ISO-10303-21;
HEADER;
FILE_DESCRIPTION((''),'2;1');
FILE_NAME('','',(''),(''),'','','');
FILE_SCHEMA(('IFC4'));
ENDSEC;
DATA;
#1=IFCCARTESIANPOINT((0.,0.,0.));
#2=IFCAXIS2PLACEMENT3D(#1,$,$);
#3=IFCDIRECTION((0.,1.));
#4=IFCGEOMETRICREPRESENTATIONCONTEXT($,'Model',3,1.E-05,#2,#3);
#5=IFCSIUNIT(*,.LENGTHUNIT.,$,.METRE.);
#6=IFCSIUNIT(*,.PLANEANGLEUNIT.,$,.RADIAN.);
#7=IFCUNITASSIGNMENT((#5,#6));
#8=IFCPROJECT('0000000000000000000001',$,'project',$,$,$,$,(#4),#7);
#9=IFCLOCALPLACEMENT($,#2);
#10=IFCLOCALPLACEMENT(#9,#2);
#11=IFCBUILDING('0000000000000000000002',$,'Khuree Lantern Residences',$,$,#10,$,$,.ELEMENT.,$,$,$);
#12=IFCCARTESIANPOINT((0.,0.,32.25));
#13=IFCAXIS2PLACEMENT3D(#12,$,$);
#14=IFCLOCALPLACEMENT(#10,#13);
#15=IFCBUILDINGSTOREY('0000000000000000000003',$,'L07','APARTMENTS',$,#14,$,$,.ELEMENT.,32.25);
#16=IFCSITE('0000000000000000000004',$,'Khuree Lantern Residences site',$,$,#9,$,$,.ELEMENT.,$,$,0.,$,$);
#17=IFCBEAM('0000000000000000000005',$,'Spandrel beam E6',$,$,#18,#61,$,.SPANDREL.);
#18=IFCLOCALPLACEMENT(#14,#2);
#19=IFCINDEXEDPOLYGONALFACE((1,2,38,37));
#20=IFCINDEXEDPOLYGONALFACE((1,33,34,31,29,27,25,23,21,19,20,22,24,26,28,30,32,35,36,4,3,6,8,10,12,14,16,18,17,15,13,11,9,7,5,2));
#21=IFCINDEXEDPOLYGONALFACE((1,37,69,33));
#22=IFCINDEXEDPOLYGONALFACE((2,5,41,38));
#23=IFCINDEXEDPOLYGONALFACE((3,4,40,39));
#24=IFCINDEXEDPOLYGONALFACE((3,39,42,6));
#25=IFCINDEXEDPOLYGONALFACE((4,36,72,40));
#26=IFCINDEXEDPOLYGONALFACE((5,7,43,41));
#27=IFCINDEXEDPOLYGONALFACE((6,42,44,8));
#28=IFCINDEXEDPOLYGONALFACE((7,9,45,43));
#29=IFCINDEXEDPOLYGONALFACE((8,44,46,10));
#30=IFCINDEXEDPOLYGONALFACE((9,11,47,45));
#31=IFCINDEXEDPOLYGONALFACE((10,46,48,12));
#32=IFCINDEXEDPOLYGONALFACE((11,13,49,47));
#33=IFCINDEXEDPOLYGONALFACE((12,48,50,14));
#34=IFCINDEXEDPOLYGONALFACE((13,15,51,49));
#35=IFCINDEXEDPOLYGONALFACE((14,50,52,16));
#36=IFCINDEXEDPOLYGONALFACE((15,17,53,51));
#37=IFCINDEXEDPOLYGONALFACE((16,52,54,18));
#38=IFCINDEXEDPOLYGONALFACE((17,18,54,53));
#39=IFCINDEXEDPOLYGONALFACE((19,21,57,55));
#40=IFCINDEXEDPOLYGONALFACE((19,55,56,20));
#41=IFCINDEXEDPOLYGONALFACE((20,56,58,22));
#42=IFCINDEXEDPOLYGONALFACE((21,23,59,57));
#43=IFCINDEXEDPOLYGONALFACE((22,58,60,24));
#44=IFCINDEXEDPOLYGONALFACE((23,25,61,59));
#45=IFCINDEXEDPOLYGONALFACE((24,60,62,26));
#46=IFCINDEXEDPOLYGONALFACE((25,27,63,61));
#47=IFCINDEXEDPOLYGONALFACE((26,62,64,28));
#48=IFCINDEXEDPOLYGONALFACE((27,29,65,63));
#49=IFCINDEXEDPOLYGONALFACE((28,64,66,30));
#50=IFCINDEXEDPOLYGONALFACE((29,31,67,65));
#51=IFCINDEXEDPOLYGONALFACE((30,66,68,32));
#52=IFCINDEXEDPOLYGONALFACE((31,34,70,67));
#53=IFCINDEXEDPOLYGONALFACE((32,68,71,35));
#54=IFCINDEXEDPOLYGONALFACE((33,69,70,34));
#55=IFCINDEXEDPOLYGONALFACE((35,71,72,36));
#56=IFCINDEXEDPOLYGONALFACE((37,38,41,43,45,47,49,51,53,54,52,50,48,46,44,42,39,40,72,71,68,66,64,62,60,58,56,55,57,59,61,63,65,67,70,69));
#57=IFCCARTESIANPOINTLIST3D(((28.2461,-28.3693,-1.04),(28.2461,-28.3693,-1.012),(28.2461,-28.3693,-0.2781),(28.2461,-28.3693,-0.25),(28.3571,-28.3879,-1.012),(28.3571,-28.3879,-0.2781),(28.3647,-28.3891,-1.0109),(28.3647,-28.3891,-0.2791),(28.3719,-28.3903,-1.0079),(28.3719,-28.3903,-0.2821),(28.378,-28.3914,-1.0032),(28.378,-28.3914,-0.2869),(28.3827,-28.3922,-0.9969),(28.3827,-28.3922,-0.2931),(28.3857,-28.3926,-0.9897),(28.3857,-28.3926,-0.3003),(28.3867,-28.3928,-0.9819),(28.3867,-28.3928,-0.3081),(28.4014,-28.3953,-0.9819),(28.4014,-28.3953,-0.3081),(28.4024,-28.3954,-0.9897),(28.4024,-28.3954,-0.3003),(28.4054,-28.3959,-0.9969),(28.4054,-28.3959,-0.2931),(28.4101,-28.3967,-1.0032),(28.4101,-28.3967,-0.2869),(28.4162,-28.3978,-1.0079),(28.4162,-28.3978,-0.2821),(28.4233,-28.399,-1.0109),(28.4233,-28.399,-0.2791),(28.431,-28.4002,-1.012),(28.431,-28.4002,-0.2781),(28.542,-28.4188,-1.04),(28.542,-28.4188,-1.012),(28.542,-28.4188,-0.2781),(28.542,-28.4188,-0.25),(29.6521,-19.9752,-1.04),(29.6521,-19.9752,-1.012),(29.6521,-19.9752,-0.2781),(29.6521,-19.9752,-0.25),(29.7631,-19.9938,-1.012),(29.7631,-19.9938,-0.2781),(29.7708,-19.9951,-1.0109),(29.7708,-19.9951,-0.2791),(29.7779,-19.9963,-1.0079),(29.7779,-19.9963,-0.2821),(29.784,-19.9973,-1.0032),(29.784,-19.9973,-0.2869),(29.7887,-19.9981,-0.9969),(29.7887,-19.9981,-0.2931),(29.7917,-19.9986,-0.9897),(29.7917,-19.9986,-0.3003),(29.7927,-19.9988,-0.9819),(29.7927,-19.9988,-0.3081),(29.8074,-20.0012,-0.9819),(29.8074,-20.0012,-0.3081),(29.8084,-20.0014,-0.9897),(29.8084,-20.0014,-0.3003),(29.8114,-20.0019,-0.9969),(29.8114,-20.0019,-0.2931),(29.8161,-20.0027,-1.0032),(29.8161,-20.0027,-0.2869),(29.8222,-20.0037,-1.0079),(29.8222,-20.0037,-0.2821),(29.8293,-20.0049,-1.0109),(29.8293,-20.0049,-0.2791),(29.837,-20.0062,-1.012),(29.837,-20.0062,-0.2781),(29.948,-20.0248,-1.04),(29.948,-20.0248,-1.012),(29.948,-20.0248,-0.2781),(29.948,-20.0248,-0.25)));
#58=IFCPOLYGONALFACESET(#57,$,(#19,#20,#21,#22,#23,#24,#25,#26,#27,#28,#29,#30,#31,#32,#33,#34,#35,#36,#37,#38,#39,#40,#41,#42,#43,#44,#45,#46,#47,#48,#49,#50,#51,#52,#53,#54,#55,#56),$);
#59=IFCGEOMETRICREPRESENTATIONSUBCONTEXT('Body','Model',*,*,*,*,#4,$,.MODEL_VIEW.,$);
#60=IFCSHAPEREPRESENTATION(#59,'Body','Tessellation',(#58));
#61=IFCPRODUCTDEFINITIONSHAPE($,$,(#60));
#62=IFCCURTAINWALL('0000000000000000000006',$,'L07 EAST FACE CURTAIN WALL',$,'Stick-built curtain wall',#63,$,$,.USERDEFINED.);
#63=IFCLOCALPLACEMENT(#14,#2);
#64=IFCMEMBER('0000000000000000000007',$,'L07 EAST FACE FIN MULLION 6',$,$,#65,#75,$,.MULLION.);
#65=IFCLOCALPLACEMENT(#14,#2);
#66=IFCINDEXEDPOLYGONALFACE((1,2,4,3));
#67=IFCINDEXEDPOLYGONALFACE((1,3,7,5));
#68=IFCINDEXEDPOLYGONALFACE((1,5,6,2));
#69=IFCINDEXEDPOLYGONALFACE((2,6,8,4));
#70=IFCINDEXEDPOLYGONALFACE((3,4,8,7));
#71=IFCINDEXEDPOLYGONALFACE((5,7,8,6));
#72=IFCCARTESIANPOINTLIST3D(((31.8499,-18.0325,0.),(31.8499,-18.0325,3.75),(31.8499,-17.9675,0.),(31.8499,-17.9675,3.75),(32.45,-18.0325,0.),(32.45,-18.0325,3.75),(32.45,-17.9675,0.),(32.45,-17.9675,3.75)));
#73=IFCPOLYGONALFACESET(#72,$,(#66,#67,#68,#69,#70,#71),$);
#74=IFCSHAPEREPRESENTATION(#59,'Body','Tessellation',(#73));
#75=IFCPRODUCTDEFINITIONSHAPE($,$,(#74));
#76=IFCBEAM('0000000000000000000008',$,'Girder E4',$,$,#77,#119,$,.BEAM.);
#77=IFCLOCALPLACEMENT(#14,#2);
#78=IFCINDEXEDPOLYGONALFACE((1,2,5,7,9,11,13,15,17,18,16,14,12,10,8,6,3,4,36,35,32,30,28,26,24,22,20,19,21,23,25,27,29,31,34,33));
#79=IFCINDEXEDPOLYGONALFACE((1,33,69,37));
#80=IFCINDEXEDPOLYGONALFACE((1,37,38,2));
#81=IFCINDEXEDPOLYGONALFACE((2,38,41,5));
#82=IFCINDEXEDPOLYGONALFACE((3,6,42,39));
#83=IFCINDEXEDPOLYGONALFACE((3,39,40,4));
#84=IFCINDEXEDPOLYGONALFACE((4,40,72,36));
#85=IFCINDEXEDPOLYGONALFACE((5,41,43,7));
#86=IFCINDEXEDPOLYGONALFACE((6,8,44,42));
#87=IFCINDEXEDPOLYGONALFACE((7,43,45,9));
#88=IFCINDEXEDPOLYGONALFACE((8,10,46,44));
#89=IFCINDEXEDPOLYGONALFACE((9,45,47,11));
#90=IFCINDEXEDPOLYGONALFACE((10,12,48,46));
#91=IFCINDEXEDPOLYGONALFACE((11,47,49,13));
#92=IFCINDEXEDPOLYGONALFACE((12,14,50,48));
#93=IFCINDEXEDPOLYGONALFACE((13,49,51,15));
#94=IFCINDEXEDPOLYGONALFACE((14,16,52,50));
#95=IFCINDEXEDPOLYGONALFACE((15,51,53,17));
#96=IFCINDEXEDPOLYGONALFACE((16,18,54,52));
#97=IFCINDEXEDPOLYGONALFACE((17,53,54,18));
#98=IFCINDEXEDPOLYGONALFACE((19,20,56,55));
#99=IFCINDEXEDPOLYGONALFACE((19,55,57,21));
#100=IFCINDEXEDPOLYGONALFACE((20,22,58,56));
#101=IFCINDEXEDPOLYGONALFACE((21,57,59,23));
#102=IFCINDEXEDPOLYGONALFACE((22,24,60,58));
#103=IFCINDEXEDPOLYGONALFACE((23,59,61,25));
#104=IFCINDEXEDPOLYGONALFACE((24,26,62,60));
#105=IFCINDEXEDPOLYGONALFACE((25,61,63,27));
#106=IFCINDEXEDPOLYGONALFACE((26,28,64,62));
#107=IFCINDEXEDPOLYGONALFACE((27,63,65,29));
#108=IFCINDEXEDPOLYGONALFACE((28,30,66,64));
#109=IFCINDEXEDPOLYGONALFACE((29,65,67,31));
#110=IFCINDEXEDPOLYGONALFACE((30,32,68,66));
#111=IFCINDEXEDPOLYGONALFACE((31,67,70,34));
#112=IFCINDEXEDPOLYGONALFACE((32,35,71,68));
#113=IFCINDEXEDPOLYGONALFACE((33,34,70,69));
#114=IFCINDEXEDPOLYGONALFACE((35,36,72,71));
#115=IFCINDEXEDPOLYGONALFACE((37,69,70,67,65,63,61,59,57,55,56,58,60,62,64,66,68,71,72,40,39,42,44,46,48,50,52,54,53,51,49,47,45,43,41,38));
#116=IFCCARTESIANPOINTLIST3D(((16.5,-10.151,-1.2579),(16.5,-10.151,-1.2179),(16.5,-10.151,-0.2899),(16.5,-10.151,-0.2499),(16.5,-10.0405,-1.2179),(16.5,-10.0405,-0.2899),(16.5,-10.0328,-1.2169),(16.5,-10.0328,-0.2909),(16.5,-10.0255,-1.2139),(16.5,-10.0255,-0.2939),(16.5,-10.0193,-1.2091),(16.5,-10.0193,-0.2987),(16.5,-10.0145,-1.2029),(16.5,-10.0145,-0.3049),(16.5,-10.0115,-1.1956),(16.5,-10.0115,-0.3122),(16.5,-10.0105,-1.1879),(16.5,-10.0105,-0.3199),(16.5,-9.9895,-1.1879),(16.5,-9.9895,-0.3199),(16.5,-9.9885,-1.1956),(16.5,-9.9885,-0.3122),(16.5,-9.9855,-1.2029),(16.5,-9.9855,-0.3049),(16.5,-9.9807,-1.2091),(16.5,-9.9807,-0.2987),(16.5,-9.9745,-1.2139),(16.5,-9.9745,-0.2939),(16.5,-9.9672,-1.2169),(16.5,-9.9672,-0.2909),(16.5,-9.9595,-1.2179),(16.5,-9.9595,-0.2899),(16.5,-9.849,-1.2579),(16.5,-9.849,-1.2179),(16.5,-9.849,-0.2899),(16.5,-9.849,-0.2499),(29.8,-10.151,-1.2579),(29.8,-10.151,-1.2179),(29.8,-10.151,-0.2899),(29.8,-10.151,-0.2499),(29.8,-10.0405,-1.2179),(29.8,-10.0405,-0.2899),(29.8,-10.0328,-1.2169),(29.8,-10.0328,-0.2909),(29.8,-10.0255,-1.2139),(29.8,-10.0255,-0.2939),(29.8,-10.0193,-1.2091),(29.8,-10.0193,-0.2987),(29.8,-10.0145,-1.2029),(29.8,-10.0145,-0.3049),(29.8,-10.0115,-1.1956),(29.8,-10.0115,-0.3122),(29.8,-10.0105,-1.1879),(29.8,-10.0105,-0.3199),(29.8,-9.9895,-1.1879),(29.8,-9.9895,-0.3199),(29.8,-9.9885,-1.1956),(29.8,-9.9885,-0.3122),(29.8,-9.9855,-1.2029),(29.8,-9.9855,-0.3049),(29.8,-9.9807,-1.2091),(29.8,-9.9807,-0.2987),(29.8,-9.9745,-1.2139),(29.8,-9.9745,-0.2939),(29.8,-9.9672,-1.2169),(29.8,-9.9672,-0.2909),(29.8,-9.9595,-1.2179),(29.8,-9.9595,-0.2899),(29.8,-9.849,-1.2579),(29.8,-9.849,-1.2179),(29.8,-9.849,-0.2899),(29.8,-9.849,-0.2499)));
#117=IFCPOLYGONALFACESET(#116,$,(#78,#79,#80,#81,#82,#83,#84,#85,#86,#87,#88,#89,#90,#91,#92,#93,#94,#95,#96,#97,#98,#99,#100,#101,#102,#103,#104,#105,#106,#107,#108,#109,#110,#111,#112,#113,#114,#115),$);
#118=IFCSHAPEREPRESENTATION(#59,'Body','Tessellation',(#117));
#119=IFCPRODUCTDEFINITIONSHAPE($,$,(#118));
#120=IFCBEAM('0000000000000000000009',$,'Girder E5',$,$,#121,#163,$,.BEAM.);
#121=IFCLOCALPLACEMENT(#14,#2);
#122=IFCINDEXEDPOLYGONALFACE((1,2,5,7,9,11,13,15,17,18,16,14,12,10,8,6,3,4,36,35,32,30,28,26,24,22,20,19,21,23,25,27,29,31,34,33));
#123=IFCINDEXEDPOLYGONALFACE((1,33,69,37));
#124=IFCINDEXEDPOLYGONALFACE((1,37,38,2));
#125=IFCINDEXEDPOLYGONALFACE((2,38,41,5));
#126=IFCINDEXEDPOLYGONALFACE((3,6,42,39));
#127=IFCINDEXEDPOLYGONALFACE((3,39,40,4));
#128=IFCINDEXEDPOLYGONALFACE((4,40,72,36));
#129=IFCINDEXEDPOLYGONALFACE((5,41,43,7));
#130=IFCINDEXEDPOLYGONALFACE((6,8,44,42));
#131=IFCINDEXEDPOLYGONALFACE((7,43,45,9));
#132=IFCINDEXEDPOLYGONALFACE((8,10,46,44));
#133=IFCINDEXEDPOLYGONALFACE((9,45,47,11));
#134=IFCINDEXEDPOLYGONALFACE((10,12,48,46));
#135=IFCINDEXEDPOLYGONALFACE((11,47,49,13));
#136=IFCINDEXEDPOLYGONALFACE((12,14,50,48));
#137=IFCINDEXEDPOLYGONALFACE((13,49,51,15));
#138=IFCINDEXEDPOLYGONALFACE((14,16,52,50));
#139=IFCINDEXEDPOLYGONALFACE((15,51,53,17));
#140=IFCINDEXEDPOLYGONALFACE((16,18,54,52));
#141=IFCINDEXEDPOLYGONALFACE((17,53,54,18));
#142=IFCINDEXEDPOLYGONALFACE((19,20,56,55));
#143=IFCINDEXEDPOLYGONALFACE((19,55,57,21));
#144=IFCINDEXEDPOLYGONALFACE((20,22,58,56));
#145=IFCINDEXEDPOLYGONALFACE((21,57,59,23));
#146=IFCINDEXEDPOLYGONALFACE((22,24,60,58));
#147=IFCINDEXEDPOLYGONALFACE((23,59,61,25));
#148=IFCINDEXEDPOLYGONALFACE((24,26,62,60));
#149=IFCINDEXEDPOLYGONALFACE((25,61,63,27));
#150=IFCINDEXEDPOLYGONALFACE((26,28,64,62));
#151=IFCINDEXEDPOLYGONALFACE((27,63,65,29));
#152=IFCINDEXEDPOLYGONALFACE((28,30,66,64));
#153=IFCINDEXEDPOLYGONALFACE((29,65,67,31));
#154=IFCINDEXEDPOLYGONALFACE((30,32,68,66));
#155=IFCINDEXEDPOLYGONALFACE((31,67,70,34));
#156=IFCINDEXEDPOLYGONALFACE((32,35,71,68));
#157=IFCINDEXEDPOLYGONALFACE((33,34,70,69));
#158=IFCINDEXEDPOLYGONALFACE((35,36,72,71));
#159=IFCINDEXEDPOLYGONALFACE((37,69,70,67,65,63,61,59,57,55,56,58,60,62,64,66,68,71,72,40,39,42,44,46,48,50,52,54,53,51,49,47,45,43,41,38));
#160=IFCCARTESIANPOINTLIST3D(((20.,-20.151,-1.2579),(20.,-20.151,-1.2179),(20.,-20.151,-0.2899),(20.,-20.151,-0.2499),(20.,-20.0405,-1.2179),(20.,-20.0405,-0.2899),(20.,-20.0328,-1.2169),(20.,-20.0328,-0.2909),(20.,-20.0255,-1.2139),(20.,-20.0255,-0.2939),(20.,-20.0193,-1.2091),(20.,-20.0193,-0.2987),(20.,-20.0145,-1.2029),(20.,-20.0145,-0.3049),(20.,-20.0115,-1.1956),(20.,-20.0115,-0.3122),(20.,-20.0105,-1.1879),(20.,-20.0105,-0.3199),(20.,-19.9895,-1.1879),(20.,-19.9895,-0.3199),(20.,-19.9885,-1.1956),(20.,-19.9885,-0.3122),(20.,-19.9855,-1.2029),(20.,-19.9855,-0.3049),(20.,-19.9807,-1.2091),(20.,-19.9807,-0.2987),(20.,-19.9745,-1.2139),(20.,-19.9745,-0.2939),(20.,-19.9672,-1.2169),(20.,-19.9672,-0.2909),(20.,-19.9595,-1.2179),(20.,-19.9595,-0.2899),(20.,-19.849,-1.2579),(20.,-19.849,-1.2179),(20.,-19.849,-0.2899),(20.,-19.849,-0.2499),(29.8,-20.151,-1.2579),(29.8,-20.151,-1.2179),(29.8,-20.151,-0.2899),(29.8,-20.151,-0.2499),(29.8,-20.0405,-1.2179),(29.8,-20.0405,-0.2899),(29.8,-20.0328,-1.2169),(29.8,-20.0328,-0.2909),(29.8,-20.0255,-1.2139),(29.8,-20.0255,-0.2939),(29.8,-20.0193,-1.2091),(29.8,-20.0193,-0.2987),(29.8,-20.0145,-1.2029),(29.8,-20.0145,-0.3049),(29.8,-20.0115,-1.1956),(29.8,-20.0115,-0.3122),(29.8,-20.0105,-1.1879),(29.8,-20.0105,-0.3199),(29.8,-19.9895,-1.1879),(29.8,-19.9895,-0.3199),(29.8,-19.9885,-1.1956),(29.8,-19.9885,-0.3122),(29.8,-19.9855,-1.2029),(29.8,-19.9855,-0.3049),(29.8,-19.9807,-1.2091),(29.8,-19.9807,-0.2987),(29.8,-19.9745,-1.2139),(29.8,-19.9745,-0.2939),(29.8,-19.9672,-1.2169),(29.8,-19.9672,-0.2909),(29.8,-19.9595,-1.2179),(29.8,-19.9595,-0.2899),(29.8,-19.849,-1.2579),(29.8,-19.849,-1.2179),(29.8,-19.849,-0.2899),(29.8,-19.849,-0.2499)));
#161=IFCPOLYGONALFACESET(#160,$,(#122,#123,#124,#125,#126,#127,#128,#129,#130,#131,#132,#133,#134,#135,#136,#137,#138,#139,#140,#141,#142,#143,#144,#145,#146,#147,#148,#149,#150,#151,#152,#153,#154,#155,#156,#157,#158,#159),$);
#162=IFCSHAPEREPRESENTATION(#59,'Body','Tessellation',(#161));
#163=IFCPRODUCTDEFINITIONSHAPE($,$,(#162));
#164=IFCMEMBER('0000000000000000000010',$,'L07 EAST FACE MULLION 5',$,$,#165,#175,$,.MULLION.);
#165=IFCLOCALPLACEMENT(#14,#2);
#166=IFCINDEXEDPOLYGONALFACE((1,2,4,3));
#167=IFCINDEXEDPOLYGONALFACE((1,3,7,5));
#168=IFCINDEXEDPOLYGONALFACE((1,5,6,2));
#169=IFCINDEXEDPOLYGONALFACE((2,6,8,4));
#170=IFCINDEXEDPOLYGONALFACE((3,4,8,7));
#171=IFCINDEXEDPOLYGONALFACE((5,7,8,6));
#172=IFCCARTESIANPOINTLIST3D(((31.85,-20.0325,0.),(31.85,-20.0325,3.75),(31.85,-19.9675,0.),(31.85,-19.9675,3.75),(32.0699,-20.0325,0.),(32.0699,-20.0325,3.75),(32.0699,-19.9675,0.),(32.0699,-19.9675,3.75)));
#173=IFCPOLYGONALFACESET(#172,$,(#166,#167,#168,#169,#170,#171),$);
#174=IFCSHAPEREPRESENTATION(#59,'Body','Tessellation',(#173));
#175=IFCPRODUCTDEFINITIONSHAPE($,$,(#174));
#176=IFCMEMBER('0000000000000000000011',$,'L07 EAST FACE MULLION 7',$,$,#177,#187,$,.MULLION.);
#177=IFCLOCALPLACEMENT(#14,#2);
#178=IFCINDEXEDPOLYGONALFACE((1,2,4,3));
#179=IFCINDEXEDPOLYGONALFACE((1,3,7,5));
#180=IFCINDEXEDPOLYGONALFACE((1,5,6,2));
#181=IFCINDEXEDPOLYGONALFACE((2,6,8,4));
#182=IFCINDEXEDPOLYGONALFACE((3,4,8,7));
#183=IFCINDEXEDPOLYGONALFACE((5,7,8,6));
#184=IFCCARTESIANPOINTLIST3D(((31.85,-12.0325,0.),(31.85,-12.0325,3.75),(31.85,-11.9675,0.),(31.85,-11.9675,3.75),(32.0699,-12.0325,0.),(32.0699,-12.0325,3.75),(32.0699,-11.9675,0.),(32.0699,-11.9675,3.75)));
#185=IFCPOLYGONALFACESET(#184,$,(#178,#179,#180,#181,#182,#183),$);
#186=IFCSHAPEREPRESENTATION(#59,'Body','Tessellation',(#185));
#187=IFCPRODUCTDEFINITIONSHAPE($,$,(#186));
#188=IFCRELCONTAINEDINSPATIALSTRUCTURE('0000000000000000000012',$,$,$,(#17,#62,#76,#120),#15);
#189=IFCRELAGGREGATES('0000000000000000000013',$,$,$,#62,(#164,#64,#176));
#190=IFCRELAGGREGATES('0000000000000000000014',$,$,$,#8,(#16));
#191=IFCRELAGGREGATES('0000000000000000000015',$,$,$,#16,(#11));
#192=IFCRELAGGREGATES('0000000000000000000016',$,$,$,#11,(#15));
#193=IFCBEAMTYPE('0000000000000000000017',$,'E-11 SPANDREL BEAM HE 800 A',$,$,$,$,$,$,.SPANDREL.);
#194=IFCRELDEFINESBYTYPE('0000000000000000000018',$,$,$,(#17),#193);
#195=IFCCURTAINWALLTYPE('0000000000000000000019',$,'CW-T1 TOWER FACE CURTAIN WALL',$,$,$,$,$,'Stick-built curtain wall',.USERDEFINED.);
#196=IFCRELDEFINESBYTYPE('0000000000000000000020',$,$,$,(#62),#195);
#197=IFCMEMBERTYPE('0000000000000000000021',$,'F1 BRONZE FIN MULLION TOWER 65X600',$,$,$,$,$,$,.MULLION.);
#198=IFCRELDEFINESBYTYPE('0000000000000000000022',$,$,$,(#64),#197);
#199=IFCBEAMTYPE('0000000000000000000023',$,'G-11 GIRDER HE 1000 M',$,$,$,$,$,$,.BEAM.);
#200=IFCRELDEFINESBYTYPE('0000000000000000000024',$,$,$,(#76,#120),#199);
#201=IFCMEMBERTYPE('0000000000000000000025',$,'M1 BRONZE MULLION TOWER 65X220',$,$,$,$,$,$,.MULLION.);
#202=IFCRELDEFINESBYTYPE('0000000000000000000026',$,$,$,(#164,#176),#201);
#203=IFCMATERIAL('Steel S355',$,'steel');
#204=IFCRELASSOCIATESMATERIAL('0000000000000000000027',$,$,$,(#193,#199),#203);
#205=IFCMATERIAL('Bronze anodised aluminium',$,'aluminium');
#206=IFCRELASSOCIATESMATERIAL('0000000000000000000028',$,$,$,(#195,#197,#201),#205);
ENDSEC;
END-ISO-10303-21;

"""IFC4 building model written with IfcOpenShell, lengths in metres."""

from ifc_helpers import new_model, si_unit, direction, frame, origin, origin_2d, place, context, subcontext, project, spatial, rectangle, i_section, extrude, material, material_profile, profile_set, type_object, element, aggregate, save


model = new_model("IFC4")

# Units and contexts
model_context = context("Model", 3, precision=1e-05, world=origin(), true_north=direction((0.0, 1.0)))
body_context = subcontext(model_context, "Body", "Model", "MODEL_VIEW")
ifc_project = project(units=[si_unit("LENGTHUNIT", "METRE"), si_unit("PLANEANGLEUNIT", "RADIAN")], contexts=[model_context])

# Site, building, storey
site_placement = place(None, origin())
site = spatial("IfcSite", under=ifc_project, at=site_placement, Name="Khuree Lantern Residences site", CompositionType="ELEMENT", RefElevation=0.0)
building_placement = place(site_placement, origin())
building = spatial("IfcBuilding", under=site, at=building_placement, Name="Khuree Lantern Residences", CompositionType="ELEMENT")
storey_placement = place(building_placement, frame((0.0, 0.0, 32.25)))
storey = spatial("IfcBuildingStorey", under=building, at=storey_placement, Name="L07", Description="APARTMENTS", CompositionType="ELEMENT", Elevation=32.25)

# Beam
ifc_material_1 = material(Name="Steel S355", Category="steel")
ifc_material_profile_1 = material_profile(ifc_material_1, i_section(OverallWidth=0.3, OverallDepth=0.79, WebThickness=0.0149, FlangeThickness=0.0281, FilletRadius=0.03, at=origin_2d()), Name="HE 800 A")
ifc_profile_set_1 = profile_set([ifc_material_profile_1], Name="Steel S355")
beam_type_1 = type_object("IfcBeamType", Name="E-11 SPANDREL BEAM HE 800 A", PredefinedType="SPANDREL", material=ifc_profile_set_1)
beam_1_placement = place(storey_placement, frame((29.8, -20.0, -0.645), z_axis=(-0.165199, -0.98626, 0.0), x_axis=(0.98626, -0.165199, 0.0)))
element("IfcBeam", 1, at=beam_1_placement, inside=storey, type_object=beam_type_1, Name="Spandrel beam E6", PredefinedType="SPANDREL", context=body_context, shape_type="SweptSolid", body=[
    extrude(i_section(OverallWidth=0.3, OverallDepth=0.79, WebThickness=0.0149, FlangeThickness=0.0281, FilletRadius=0.03, at=origin_2d()), origin(), (0.0, 0.0, 1.0), 8.511),
])

# Curtain wall, member
ifc_material_2 = material(Name="Bronze anodised aluminium", Category="aluminium")
curtain_wall_type = type_object("IfcCurtainWallType", Name="CW-T1 TOWER FACE CURTAIN WALL", ElementType="Stick-built curtain wall", PredefinedType="USERDEFINED", material=ifc_material_2)
curtain_wall_placement = place(storey_placement, origin())
curtain_wall = element("IfcCurtainWall", 2, at=curtain_wall_placement, inside=storey, type_object=curtain_wall_type, Name="L07 EAST FACE CURTAIN WALL", ObjectType="Stick-built curtain wall", PredefinedType="USERDEFINED")
ifc_material_profile_2 = material_profile(ifc_material_2, rectangle(XDim=0.0649, YDim=0.6001, at=origin_2d()), Name="F1 65X600")
ifc_profile_set_2 = profile_set([ifc_material_profile_2], Name="Bronze anodised aluminium")
member_type_1 = type_object("IfcMemberType", Name="F1 BRONZE FIN MULLION TOWER 65X600", PredefinedType="MULLION", material=ifc_profile_set_2)
member_1_placement = place(storey_placement, frame((32.1499, -18.0, 0.0), z_axis=(0.0, 0.0, 1.0), x_axis=(0.0, 1.0, 0.0)))
member_1 = element("IfcMember", 3, at=member_1_placement, type_object=member_type_1, Name="L07 EAST FACE FIN MULLION 6", PredefinedType="MULLION", context=body_context, shape_type="SweptSolid", body=[
    extrude(rectangle(XDim=0.0649, YDim=0.6001, at=origin_2d()), origin(), (0.0, 0.0, 1.0), 3.75),
])

# Beams
ifc_material_profile_3 = material_profile(ifc_material_1, i_section(OverallWidth=0.302, OverallDepth=1.0081, WebThickness=0.021, FlangeThickness=0.04, FilletRadius=0.03, at=origin_2d()), Name="HE 1000 M")
ifc_profile_set_3 = profile_set([ifc_material_profile_3], Name="Steel S355")
beam_type_2 = type_object("IfcBeamType", Name="G-11 GIRDER HE 1000 M", PredefinedType="BEAM", material=ifc_profile_set_3)
beam_2_placement = place(storey_placement, frame((29.8, -10.0, -0.7539), z_axis=(-1.0, 0.0, 0.0), x_axis=(0.0, -1.0, 0.0)))
element("IfcBeam", 4, at=beam_2_placement, inside=storey, type_object=beam_type_2, Name="Girder E4", PredefinedType="BEAM", context=body_context, shape_type="SweptSolid", body=[
    extrude(i_section(OverallWidth=0.302, OverallDepth=1.0081, WebThickness=0.021, FlangeThickness=0.04, FilletRadius=0.03, at=origin_2d()), origin(), (0.0, 0.0, 1.0), 13.3),
])
beam_3_placement = place(storey_placement, frame((29.8, -20.0, -0.7539), z_axis=(-1.0, 0.0, 0.0), x_axis=(0.0, -1.0, 0.0)))
element("IfcBeam", 5, at=beam_3_placement, inside=storey, type_object=beam_type_2, Name="Girder E5", PredefinedType="BEAM", context=body_context, shape_type="SweptSolid", body=[
    extrude(i_section(OverallWidth=0.302, OverallDepth=1.0081, WebThickness=0.021, FlangeThickness=0.04, FilletRadius=0.03, at=origin_2d()), origin(), (0.0, 0.0, 1.0), 9.8),
])

# Members
ifc_material_profile_4 = material_profile(ifc_material_2, rectangle(XDim=0.0649, YDim=0.22, at=origin_2d()), Name="M1 65X220")
ifc_profile_set_4 = profile_set([ifc_material_profile_4], Name="Bronze anodised aluminium")
member_type_2 = type_object("IfcMemberType", Name="M1 BRONZE MULLION TOWER 65X220", PredefinedType="MULLION", material=ifc_profile_set_4)
member_2_placement = place(storey_placement, frame((31.96, -20.0, 0.0), z_axis=(0.0, 0.0, 1.0), x_axis=(0.0, 1.0, 0.0)))
member_2 = element("IfcMember", 6, at=member_2_placement, type_object=member_type_2, Name="L07 EAST FACE MULLION 5", PredefinedType="MULLION", context=body_context, shape_type="SweptSolid", body=[
    extrude(rectangle(XDim=0.0649, YDim=0.22, at=origin_2d()), origin(), (0.0, 0.0, 1.0), 3.75),
])
member_3_placement = place(storey_placement, frame((31.96, -12.0, 0.0), z_axis=(0.0, 0.0, 1.0), x_axis=(0.0, 1.0, 0.0)))
member_3 = element("IfcMember", 7, at=member_3_placement, type_object=member_type_2, Name="L07 EAST FACE MULLION 7", PredefinedType="MULLION", context=body_context, shape_type="SweptSolid", body=[
    extrude(rectangle(XDim=0.0649, YDim=0.22, at=origin_2d()), origin(), (0.0, 0.0, 1.0), 3.75),
])

aggregate(curtain_wall, [member_2, member_1, member_3])

save(model, "model.ifc")
